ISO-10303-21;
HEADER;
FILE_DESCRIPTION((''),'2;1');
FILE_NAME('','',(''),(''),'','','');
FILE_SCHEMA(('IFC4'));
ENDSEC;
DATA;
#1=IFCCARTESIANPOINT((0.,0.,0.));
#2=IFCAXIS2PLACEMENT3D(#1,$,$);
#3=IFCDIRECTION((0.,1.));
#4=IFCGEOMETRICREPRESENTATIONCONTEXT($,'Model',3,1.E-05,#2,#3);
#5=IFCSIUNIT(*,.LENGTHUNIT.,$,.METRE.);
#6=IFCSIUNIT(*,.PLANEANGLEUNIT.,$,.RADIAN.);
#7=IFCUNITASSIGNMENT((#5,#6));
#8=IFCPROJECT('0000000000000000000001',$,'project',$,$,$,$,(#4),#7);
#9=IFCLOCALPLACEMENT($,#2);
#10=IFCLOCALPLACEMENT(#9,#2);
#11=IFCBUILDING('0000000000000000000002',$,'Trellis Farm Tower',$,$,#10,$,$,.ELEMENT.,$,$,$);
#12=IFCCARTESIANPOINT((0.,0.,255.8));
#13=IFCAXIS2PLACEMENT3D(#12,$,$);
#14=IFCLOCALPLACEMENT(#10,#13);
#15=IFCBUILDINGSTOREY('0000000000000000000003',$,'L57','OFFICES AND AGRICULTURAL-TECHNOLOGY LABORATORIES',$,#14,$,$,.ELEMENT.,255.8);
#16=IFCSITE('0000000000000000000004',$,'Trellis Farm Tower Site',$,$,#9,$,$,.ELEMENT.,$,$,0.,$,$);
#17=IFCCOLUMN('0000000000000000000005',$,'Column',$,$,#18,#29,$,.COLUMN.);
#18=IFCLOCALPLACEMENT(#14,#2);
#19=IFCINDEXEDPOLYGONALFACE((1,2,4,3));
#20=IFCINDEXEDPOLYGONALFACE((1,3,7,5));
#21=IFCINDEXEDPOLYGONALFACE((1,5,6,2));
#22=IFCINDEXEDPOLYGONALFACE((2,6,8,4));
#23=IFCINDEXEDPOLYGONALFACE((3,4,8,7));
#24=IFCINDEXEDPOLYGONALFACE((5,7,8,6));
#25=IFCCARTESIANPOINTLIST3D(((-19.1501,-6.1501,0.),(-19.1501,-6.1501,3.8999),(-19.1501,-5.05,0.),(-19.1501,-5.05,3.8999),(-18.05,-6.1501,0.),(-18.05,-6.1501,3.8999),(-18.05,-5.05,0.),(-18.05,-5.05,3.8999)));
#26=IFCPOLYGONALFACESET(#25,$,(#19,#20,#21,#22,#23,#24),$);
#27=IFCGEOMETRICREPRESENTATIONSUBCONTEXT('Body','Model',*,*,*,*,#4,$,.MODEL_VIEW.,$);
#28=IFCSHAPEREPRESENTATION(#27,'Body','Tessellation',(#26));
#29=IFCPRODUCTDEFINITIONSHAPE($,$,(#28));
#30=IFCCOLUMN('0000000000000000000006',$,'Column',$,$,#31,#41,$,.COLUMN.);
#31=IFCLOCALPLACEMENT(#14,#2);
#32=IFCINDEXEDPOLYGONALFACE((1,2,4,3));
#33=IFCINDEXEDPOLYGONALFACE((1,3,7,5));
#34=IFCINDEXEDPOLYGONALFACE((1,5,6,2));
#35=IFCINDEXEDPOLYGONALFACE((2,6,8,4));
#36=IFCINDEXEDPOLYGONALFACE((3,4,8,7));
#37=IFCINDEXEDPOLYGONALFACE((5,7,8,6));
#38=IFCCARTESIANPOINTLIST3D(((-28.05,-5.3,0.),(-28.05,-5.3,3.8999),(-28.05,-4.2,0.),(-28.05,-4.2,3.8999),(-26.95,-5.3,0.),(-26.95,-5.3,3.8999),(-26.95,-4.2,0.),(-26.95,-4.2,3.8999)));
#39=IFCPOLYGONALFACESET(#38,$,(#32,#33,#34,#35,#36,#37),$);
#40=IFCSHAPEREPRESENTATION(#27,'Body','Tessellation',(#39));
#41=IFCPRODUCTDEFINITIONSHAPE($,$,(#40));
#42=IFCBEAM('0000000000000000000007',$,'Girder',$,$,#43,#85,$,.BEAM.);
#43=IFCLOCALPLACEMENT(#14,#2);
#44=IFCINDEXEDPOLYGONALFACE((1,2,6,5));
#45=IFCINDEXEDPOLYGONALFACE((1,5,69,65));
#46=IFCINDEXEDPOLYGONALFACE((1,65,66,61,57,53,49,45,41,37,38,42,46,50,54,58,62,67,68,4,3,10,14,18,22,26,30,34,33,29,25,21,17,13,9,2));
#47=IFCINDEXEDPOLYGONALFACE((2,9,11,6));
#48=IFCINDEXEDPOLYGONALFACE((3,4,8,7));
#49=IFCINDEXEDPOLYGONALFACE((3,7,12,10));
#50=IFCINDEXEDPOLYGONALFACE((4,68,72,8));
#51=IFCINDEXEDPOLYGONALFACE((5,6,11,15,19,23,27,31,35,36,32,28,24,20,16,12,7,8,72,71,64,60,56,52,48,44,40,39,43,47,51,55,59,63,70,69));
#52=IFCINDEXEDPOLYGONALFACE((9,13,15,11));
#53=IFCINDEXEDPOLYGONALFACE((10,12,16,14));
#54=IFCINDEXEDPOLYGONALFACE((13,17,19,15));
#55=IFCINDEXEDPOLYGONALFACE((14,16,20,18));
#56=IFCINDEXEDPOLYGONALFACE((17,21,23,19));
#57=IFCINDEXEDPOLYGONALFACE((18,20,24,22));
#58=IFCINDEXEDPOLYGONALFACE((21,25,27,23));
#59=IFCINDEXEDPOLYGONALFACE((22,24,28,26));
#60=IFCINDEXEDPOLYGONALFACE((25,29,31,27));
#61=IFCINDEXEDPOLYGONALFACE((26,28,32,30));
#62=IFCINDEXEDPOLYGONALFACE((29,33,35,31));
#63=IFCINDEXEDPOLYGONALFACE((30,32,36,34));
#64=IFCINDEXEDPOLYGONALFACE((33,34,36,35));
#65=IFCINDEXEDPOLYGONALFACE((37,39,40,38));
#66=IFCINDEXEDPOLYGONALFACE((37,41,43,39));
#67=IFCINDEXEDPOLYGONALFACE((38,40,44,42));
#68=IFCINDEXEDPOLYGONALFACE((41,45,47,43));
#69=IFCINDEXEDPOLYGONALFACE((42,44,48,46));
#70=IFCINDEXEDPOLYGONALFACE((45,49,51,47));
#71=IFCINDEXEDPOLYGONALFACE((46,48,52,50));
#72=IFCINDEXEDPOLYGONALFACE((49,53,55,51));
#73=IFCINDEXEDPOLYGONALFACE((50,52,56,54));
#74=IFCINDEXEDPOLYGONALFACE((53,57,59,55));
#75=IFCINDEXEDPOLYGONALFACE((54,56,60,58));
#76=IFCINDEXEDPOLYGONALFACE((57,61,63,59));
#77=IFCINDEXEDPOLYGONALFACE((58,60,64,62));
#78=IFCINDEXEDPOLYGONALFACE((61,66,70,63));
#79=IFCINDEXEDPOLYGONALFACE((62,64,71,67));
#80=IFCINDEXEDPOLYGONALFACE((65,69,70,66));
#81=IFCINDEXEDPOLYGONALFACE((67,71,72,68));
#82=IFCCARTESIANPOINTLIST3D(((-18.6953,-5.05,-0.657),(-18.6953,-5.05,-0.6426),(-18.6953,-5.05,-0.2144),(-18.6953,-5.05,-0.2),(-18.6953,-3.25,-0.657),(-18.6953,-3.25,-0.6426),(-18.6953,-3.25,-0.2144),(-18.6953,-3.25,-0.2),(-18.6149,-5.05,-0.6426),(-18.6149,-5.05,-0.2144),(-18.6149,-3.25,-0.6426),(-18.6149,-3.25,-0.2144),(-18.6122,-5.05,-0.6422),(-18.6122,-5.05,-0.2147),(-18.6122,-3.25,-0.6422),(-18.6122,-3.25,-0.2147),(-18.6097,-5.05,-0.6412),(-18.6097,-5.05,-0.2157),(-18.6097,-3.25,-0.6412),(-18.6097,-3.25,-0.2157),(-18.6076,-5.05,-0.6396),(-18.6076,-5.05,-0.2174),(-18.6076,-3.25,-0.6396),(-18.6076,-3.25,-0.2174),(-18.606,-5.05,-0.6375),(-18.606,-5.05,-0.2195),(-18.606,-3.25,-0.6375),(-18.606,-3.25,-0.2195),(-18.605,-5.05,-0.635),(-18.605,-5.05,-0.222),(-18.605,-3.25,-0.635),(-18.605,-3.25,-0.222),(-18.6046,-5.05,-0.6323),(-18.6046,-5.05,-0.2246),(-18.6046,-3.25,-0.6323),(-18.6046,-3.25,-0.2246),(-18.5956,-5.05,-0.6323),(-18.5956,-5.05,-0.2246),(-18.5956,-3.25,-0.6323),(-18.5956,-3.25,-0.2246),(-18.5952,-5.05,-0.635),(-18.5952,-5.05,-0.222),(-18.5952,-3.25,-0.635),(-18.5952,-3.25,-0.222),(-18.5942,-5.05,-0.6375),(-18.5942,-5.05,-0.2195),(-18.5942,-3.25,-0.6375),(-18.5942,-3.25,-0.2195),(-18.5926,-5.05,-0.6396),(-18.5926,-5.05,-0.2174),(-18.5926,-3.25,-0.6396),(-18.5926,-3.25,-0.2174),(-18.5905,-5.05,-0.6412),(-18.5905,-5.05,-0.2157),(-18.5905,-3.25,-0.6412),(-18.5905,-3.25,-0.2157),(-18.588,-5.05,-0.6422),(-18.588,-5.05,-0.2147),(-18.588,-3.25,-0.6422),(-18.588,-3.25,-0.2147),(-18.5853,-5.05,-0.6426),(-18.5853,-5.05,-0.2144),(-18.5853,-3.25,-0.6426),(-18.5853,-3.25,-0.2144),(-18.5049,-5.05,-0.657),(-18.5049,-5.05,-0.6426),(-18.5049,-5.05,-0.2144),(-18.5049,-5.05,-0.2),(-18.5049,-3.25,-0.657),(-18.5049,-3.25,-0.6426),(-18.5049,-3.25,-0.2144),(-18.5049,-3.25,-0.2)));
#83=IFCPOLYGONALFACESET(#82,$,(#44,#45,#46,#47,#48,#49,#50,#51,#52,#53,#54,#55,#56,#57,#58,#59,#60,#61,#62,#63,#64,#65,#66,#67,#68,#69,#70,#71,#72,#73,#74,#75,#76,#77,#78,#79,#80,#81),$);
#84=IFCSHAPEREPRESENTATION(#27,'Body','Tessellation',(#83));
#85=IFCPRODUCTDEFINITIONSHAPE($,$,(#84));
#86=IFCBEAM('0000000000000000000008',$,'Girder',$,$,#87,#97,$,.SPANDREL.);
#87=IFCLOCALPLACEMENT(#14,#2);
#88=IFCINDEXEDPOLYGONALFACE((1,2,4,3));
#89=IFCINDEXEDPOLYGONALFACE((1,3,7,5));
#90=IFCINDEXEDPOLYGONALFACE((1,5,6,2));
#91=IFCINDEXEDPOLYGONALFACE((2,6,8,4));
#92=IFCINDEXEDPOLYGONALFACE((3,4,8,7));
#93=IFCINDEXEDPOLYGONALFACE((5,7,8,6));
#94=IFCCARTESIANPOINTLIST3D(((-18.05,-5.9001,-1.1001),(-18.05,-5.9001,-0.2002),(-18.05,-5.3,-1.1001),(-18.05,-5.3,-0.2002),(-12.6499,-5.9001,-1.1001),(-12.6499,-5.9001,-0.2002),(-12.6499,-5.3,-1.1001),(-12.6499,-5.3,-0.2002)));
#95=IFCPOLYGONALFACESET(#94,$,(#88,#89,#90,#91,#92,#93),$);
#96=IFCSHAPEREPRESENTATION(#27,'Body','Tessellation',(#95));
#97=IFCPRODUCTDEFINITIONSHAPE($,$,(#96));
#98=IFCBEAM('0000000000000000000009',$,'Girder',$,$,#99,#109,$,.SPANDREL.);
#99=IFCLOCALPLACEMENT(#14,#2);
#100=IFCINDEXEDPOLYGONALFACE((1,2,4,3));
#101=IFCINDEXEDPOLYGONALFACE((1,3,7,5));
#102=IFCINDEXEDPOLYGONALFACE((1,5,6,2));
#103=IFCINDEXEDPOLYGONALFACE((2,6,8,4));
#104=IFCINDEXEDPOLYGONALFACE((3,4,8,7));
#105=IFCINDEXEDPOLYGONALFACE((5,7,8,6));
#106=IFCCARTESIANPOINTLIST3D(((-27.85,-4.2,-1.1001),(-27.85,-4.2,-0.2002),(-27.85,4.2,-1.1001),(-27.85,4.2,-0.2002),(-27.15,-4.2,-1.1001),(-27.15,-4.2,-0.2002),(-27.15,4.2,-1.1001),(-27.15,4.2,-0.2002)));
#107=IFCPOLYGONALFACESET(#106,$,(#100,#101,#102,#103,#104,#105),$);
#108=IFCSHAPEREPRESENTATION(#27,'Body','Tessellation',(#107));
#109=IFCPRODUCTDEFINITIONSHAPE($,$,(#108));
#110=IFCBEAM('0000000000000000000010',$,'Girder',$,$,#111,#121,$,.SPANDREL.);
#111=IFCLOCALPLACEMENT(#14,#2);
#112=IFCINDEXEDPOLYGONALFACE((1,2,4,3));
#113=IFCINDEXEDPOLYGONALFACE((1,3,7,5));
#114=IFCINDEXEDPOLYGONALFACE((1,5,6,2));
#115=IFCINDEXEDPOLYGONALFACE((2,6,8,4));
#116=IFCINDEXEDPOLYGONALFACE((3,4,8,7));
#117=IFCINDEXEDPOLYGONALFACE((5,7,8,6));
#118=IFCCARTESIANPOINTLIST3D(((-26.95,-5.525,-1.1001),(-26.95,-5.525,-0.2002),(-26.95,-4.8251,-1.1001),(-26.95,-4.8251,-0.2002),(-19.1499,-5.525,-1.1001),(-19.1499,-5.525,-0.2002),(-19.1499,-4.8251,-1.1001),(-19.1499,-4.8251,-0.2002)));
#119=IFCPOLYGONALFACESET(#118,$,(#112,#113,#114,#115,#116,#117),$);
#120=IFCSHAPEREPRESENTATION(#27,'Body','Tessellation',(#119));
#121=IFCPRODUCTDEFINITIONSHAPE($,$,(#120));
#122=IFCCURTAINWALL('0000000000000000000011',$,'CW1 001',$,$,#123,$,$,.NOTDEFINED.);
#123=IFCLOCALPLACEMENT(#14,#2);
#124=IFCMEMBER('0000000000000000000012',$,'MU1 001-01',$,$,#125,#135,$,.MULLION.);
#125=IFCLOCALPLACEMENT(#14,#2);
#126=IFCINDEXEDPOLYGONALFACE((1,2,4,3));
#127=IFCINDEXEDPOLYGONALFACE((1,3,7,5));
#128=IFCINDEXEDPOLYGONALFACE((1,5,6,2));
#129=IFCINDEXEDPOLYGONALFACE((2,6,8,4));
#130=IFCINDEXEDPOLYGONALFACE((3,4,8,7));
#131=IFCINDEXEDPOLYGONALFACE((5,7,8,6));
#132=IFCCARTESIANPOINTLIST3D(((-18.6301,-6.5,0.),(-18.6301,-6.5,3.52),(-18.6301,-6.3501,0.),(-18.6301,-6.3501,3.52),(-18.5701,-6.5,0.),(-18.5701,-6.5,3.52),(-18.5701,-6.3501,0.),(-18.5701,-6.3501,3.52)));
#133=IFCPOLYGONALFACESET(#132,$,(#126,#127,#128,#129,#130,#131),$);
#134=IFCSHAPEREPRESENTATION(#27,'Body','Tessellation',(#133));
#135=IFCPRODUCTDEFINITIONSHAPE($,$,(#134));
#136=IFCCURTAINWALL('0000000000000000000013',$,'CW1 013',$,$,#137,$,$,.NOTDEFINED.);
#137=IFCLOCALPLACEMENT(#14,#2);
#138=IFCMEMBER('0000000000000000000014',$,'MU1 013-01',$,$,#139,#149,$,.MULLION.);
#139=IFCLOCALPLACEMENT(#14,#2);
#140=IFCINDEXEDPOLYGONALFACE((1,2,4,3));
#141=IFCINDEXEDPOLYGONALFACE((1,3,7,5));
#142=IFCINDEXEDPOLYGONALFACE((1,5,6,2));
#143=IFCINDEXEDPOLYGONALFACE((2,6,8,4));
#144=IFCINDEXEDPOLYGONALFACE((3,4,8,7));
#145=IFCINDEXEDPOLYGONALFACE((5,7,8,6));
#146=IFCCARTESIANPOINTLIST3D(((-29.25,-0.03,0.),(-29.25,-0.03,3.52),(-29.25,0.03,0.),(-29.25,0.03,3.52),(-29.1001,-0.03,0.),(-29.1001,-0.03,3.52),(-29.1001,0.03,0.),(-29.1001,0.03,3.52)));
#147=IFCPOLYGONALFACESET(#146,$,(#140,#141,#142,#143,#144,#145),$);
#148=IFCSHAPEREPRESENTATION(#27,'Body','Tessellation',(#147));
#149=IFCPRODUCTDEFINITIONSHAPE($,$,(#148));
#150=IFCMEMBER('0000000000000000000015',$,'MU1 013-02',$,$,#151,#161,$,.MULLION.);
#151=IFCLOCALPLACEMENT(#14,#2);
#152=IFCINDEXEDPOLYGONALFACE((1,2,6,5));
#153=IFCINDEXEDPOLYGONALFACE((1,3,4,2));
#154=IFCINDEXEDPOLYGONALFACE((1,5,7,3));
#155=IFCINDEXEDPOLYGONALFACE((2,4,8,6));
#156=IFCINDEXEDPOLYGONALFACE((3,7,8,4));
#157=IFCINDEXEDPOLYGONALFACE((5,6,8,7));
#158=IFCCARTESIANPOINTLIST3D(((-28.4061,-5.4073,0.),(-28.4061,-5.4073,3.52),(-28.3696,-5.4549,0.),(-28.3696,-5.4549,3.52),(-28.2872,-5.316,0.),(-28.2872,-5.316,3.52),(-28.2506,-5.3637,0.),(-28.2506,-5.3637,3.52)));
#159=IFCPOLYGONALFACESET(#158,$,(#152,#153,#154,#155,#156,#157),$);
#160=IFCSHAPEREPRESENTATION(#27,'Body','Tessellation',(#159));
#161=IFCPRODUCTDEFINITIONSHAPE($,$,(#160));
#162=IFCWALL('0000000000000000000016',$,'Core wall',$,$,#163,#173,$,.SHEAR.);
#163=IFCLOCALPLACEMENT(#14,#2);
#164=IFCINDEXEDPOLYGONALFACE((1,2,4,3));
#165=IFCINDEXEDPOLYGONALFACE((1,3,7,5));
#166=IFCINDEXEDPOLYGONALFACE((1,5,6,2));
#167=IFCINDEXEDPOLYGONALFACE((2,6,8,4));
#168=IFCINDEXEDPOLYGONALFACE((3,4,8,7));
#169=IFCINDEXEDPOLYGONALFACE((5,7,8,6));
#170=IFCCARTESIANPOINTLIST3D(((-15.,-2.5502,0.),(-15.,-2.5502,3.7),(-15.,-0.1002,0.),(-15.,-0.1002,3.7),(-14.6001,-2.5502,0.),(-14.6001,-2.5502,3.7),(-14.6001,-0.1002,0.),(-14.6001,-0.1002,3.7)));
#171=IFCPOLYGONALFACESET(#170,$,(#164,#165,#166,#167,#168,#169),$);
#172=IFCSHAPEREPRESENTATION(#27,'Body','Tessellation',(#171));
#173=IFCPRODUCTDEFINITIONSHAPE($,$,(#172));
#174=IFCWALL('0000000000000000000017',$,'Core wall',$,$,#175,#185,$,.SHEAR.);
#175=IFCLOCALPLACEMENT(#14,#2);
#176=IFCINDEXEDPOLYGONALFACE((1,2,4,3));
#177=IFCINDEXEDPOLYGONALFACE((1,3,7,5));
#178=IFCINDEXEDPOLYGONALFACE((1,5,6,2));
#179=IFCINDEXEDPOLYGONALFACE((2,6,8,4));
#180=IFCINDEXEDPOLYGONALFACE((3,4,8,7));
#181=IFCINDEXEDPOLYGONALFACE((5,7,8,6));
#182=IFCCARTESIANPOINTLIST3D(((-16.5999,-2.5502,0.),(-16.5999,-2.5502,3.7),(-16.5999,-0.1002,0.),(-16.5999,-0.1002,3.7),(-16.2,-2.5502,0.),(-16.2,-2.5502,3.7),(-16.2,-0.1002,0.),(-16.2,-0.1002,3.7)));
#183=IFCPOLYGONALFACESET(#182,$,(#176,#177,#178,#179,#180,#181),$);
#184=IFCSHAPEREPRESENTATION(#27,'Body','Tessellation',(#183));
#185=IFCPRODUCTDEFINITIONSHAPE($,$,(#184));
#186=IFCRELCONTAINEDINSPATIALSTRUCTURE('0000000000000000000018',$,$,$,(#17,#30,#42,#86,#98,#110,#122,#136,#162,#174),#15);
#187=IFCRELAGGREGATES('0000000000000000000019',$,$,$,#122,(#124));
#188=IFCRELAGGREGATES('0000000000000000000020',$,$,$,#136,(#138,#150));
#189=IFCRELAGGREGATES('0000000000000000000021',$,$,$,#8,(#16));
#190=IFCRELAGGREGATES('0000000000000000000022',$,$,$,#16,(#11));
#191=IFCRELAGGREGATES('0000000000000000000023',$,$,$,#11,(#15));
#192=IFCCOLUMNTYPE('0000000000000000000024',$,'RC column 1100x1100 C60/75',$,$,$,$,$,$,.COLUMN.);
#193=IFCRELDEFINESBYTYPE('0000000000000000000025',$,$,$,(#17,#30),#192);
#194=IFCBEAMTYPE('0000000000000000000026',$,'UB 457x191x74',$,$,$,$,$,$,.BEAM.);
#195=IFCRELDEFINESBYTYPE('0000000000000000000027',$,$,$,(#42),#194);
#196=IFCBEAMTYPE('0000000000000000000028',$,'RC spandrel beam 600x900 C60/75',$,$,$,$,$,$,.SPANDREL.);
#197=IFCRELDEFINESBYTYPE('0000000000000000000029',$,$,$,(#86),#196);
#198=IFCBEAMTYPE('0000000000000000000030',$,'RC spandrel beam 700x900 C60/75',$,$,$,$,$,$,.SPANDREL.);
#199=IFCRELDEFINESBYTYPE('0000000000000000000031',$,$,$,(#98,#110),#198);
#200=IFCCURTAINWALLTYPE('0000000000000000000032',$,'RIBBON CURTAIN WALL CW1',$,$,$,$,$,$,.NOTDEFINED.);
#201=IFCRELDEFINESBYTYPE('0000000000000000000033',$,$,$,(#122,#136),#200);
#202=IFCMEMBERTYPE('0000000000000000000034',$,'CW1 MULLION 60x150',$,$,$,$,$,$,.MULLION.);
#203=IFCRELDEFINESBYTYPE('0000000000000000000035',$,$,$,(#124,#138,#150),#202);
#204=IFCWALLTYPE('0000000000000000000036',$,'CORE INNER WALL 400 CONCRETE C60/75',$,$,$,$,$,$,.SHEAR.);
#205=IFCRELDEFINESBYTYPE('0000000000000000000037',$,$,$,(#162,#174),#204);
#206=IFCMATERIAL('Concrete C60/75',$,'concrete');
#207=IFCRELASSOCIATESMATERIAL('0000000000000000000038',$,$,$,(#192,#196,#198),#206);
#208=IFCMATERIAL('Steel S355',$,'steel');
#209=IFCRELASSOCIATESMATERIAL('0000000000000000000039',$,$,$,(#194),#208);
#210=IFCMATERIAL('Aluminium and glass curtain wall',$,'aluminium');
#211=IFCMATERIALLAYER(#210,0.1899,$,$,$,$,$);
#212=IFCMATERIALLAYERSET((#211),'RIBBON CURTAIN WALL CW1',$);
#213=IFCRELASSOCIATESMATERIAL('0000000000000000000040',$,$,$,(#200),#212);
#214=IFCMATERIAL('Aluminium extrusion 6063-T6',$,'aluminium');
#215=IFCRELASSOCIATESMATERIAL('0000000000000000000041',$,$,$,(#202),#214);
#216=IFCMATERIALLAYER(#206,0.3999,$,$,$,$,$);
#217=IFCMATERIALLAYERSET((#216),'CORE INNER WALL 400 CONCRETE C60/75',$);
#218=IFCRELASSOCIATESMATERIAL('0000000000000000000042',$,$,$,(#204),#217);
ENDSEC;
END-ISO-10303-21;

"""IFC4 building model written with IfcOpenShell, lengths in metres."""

from ifc_helpers import new_model, si_unit, direction, frame, frame_2d, origin, origin_2d, place, context, subcontext, project, spatial, rectangle, i_section, extrude, source, transform, mapped, material, layer, layer_set, material_profile, profile_set, type_object, element, aggregate, save


model = new_model("IFC4")

# Units and contexts
model_context = context("Model", 3, precision=1e-05, world=origin(), true_north=direction((0.0, 1.0)))
body_context = subcontext(model_context, "Body", "Model", "MODEL_VIEW")
ifc_project = project(units=[si_unit("LENGTHUNIT", "METRE"), si_unit("PLANEANGLEUNIT", "RADIAN")], contexts=[model_context])

# Site, building, storey
site_placement = place(None, origin())
site = spatial("IfcSite", under=ifc_project, at=site_placement, Name="Trellis Farm Tower Site", CompositionType="ELEMENT", RefElevation=0.0)
building_placement = place(site_placement, origin())
building = spatial("IfcBuilding", under=site, at=building_placement, Name="Trellis Farm Tower", CompositionType="ELEMENT")
storey_placement = place(building_placement, frame((0.0, 0.0, 255.8)))
storey = spatial("IfcBuildingStorey", under=building, at=storey_placement, Name="L57", Description="OFFICES AND AGRICULTURAL-TECHNOLOGY LABORATORIES", CompositionType="ELEMENT", Elevation=255.8)

# Columns
ifc_material_1 = material(Name="Concrete C60/75", Category="concrete")
ifc_material_profile_1 = material_profile(ifc_material_1, rectangle(XDim=1.1001, YDim=1.1001, at=origin_2d()), Name="RC column 1100x1100 C60/75")
ifc_profile_set_1 = profile_set([ifc_material_profile_1], Name="Concrete C60/75")
column_type = type_object("IfcColumnType", Name="RC column 1100x1100 C60/75", PredefinedType="COLUMN", material=ifc_profile_set_1)
shared_shape_1 = source(origin(), body_context, "Body", "SweptSolid", [
    extrude(rectangle(XDim=1.1001, YDim=1.1001, at=origin_2d()), origin(), (0.0, 0.0, 1.0), 3.8999),
])
for number, where, z_axis, x_axis, name in (
    (1, (-18.6001, -5.6001, 0.0), (0.0, 0.0, 1.0), (1.0, 0.0, 0.0), "Column"),
    (2, (-27.5, -4.75, 0.0), (0.0, 0.0, 1.0), (1.0, 0.0, 0.0), "Column"),
):
    element("IfcColumn", number, at=place(storey_placement, frame(where, z_axis=z_axis, x_axis=x_axis)), inside=storey, type_object=column_type, Name=name, PredefinedType="COLUMN", context=body_context, shape_type="MappedRepresentation", body=[
        mapped(shared_shape_1, transform((0.0, 0.0, 0.0))),
    ])

# Beams
ifc_material_2 = material(Name="Steel S355", Category="steel")
ifc_material_profile_2 = material_profile(ifc_material_2, i_section(OverallWidth=0.1904, OverallDepth=0.457, WebThickness=0.009, FlangeThickness=0.0144, FilletRadius=0.0103, at=origin_2d()), Name="UB 457x191x74")
ifc_profile_set_2 = profile_set([ifc_material_profile_2], Name="Steel S355")
beam_type_1 = type_object("IfcBeamType", Name="UB 457x191x74", PredefinedType="BEAM", material=ifc_profile_set_2)
shared_shape_2 = source(origin(), body_context, "Body", "SweptSolid", [
    extrude(i_section(OverallWidth=0.1904, OverallDepth=0.457, WebThickness=0.009, FlangeThickness=0.0144, FilletRadius=0.0103, at=origin_2d()), origin(), (0.0, 0.0, 1.0), 1.8),
])
beam_1_placement = place(storey_placement, frame((-18.6001, -5.05, -0.4285), z_axis=(0.0, 1.0, 0.0), x_axis=(-1.0, 0.0, 0.0)))
element("IfcBeam", 3, at=beam_1_placement, inside=storey, type_object=beam_type_1, Name="Girder", PredefinedType="BEAM", context=body_context, shape_type="MappedRepresentation", body=[
    mapped(shared_shape_2, transform((0.0, 0.0, 0.0))),
])
ifc_material_profile_3 = material_profile(ifc_material_1, rectangle(XDim=0.6001, YDim=0.8999, at=origin_2d()), Name="RC spandrel beam 600x900 C60/75")
ifc_profile_set_3 = profile_set([ifc_material_profile_3], Name="Concrete C60/75")
beam_type_2 = type_object("IfcBeamType", Name="RC spandrel beam 600x900 C60/75", PredefinedType="SPANDREL", material=ifc_profile_set_3)
shared_shape_3 = source(origin(), body_context, "Body", "SweptSolid", [
    extrude(rectangle(XDim=0.6001, YDim=0.8999, at=origin_2d()), origin(), (0.0, 0.0, 1.0), 5.4001),
])
beam_2_placement = place(storey_placement, frame((-18.05, -5.6001, -0.6501), z_axis=(1.0, 0.0, 0.0), x_axis=(0.0, 1.0, 0.0)))
element("IfcBeam", 4, at=beam_2_placement, inside=storey, type_object=beam_type_2, Name="Girder", PredefinedType="SPANDREL", context=body_context, shape_type="MappedRepresentation", body=[
    mapped(shared_shape_3, transform((0.0, 0.0, 0.0))),
])
ifc_material_profile_4 = material_profile(ifc_material_1, rectangle(XDim=0.7, YDim=0.8999, at=origin_2d()), Name="RC spandrel beam 700x900 C60/75")
ifc_profile_set_4 = profile_set([ifc_material_profile_4], Name="Concrete C60/75")
beam_type_3 = type_object("IfcBeamType", Name="RC spandrel beam 700x900 C60/75", PredefinedType="SPANDREL", material=ifc_profile_set_4)
shared_shape_4 = source(origin(), body_context, "Body", "SweptSolid", [
    extrude(rectangle(XDim=0.7, YDim=0.8999, at=origin_2d()), origin(), (0.0, 0.0, 1.0), 8.3999),
])
beam_3_placement = place(storey_placement, frame((-27.5, -4.2, -0.6501), z_axis=(0.0, 1.0, 0.0), x_axis=(-1.0, 0.0, 0.0)))
element("IfcBeam", 5, at=beam_3_placement, inside=storey, type_object=beam_type_3, Name="Girder", PredefinedType="SPANDREL", context=body_context, shape_type="MappedRepresentation", body=[
    mapped(shared_shape_4, transform((0.0, 0.0, 0.0))),
])
shared_shape_5 = source(origin(), body_context, "Body", "SweptSolid", [
    extrude(rectangle(XDim=0.7, YDim=0.8999, at=origin_2d()), origin(), (0.0, 0.0, 1.0), 7.8),
])
beam_4_placement = place(storey_placement, frame((-26.95, -5.175, -0.6501), z_axis=(1.0, 0.0, 0.0), x_axis=(0.0, 1.0, 0.0)))
element("IfcBeam", 6, at=beam_4_placement, inside=storey, type_object=beam_type_3, Name="Girder", PredefinedType="SPANDREL", context=body_context, shape_type="MappedRepresentation", body=[
    mapped(shared_shape_5, transform((0.0, 0.0, 0.0))),
])

# Curtain wall, member
ifc_material_3 = material(Name="Aluminium and glass curtain wall", Category="aluminium")
ifc_layer_1 = layer(ifc_material_3, 0.1899)
ifc_layer_set_1 = layer_set([ifc_layer_1], Name="RIBBON CURTAIN WALL CW1")
curtain_wall_type = type_object("IfcCurtainWallType", Name="RIBBON CURTAIN WALL CW1", PredefinedType="NOTDEFINED", material=ifc_layer_set_1)
placement = place(storey_placement, origin())
curtain_wall_1 = element("IfcCurtainWall", 7, at=placement, inside=storey, type_object=curtain_wall_type, Name="CW1 001", PredefinedType="NOTDEFINED")
ifc_material_4 = material(Name="Aluminium extrusion 6063-T6", Category="aluminium")
ifc_material_profile_5 = material_profile(ifc_material_4, rectangle(XDim=0.0601, YDim=0.1499, at=origin_2d()), Name="MULLION 60x150")
ifc_profile_set_5 = profile_set([ifc_material_profile_5], Name="Aluminium extrusion 6063-T6")
member_type = type_object("IfcMemberType", Name="CW1 MULLION 60x150", PredefinedType="MULLION", material=ifc_profile_set_5)
shared_shape_6 = source(origin(), body_context, "Body", "SweptSolid", [
    extrude(rectangle(XDim=0.0601, YDim=0.1499, at=origin_2d()), origin(), (0.0, 0.0, 1.0), 3.52),
])
member_1_placement = place(storey_placement, frame((-18.6001, -6.425, 0.0), z_axis=(0.0, 0.0, 1.0), x_axis=(1.0, 0.0, 0.0)))
member_1 = element("IfcMember", 8, at=member_1_placement, type_object=member_type, Name="MU1 001-01", PredefinedType="MULLION", context=body_context, shape_type="MappedRepresentation", body=[
    mapped(shared_shape_6, transform((0.0, 0.0, 0.0))),
])
aggregate(curtain_wall_1, [member_1])

# Curtain wall, members
curtain_wall_2 = element("IfcCurtainWall", 9, at=placement, inside=storey, type_object=curtain_wall_type, Name="CW1 013", PredefinedType="NOTDEFINED")
member_2_placement = place(storey_placement, frame((-29.175, 0.0, 0.0), z_axis=(0.0, 0.0, 1.0), x_axis=(0.0, -1.0, 0.0)))
member_2 = element("IfcMember", 10, at=member_2_placement, type_object=member_type, Name="MU1 013-01", PredefinedType="MULLION", context=body_context, shape_type="MappedRepresentation", body=[
    mapped(shared_shape_6, transform((0.0, 0.0, 0.0))),
])
member_3_placement = place(storey_placement, frame((-28.3284, -5.3855, 0.0), z_axis=(0.0, 0.0, 1.0), x_axis=(0.608761, -0.793353, 0.0)))
member_3 = element("IfcMember", 11, at=member_3_placement, type_object=member_type, Name="MU1 013-02", PredefinedType="MULLION", context=body_context, shape_type="MappedRepresentation", body=[
    mapped(shared_shape_6, transform((0.0, 0.0, 0.0))),
])
aggregate(curtain_wall_2, [member_2, member_3])

# Walls
ifc_layer_2 = layer(ifc_material_1, 0.3999)
ifc_layer_set_2 = layer_set([ifc_layer_2], Name="CORE INNER WALL 400 CONCRETE C60/75")
wall_type_1 = type_object("IfcWallType", Name="CORE INNER WALL 400 CONCRETE C60/75", PredefinedType="SHEAR", material=ifc_layer_set_2)
shared_shape_7 = source(origin(), body_context, "Body", "SweptSolid", [
    extrude(rectangle(XDim=2.45, YDim=0.3999, at=frame_2d((1.2251, 0.0))), origin(), (0.0, 0.0, 1.0), 3.7),
])
for number, where, z_axis, x_axis, name in (
    (12, (-14.8, -0.1001, 0.0), (0.0, 0.0, 1.0), (0.0, -1.0, 0.0), "Core wall"),
    (13, (-16.3999, -0.1001, 0.0), (0.0, 0.0, 1.0), (0.0, -1.0, 0.0), "Core wall"),
):
    element("IfcWall", number, at=place(storey_placement, frame(where, z_axis=z_axis, x_axis=x_axis)), inside=storey, type_object=wall_type_1, Name=name, PredefinedType="SHEAR", context=body_context, shape_type="MappedRepresentation", body=[
        mapped(shared_shape_7, transform((0.0, 0.0, 0.0))),
    ])

save(model, "model.ifc")
